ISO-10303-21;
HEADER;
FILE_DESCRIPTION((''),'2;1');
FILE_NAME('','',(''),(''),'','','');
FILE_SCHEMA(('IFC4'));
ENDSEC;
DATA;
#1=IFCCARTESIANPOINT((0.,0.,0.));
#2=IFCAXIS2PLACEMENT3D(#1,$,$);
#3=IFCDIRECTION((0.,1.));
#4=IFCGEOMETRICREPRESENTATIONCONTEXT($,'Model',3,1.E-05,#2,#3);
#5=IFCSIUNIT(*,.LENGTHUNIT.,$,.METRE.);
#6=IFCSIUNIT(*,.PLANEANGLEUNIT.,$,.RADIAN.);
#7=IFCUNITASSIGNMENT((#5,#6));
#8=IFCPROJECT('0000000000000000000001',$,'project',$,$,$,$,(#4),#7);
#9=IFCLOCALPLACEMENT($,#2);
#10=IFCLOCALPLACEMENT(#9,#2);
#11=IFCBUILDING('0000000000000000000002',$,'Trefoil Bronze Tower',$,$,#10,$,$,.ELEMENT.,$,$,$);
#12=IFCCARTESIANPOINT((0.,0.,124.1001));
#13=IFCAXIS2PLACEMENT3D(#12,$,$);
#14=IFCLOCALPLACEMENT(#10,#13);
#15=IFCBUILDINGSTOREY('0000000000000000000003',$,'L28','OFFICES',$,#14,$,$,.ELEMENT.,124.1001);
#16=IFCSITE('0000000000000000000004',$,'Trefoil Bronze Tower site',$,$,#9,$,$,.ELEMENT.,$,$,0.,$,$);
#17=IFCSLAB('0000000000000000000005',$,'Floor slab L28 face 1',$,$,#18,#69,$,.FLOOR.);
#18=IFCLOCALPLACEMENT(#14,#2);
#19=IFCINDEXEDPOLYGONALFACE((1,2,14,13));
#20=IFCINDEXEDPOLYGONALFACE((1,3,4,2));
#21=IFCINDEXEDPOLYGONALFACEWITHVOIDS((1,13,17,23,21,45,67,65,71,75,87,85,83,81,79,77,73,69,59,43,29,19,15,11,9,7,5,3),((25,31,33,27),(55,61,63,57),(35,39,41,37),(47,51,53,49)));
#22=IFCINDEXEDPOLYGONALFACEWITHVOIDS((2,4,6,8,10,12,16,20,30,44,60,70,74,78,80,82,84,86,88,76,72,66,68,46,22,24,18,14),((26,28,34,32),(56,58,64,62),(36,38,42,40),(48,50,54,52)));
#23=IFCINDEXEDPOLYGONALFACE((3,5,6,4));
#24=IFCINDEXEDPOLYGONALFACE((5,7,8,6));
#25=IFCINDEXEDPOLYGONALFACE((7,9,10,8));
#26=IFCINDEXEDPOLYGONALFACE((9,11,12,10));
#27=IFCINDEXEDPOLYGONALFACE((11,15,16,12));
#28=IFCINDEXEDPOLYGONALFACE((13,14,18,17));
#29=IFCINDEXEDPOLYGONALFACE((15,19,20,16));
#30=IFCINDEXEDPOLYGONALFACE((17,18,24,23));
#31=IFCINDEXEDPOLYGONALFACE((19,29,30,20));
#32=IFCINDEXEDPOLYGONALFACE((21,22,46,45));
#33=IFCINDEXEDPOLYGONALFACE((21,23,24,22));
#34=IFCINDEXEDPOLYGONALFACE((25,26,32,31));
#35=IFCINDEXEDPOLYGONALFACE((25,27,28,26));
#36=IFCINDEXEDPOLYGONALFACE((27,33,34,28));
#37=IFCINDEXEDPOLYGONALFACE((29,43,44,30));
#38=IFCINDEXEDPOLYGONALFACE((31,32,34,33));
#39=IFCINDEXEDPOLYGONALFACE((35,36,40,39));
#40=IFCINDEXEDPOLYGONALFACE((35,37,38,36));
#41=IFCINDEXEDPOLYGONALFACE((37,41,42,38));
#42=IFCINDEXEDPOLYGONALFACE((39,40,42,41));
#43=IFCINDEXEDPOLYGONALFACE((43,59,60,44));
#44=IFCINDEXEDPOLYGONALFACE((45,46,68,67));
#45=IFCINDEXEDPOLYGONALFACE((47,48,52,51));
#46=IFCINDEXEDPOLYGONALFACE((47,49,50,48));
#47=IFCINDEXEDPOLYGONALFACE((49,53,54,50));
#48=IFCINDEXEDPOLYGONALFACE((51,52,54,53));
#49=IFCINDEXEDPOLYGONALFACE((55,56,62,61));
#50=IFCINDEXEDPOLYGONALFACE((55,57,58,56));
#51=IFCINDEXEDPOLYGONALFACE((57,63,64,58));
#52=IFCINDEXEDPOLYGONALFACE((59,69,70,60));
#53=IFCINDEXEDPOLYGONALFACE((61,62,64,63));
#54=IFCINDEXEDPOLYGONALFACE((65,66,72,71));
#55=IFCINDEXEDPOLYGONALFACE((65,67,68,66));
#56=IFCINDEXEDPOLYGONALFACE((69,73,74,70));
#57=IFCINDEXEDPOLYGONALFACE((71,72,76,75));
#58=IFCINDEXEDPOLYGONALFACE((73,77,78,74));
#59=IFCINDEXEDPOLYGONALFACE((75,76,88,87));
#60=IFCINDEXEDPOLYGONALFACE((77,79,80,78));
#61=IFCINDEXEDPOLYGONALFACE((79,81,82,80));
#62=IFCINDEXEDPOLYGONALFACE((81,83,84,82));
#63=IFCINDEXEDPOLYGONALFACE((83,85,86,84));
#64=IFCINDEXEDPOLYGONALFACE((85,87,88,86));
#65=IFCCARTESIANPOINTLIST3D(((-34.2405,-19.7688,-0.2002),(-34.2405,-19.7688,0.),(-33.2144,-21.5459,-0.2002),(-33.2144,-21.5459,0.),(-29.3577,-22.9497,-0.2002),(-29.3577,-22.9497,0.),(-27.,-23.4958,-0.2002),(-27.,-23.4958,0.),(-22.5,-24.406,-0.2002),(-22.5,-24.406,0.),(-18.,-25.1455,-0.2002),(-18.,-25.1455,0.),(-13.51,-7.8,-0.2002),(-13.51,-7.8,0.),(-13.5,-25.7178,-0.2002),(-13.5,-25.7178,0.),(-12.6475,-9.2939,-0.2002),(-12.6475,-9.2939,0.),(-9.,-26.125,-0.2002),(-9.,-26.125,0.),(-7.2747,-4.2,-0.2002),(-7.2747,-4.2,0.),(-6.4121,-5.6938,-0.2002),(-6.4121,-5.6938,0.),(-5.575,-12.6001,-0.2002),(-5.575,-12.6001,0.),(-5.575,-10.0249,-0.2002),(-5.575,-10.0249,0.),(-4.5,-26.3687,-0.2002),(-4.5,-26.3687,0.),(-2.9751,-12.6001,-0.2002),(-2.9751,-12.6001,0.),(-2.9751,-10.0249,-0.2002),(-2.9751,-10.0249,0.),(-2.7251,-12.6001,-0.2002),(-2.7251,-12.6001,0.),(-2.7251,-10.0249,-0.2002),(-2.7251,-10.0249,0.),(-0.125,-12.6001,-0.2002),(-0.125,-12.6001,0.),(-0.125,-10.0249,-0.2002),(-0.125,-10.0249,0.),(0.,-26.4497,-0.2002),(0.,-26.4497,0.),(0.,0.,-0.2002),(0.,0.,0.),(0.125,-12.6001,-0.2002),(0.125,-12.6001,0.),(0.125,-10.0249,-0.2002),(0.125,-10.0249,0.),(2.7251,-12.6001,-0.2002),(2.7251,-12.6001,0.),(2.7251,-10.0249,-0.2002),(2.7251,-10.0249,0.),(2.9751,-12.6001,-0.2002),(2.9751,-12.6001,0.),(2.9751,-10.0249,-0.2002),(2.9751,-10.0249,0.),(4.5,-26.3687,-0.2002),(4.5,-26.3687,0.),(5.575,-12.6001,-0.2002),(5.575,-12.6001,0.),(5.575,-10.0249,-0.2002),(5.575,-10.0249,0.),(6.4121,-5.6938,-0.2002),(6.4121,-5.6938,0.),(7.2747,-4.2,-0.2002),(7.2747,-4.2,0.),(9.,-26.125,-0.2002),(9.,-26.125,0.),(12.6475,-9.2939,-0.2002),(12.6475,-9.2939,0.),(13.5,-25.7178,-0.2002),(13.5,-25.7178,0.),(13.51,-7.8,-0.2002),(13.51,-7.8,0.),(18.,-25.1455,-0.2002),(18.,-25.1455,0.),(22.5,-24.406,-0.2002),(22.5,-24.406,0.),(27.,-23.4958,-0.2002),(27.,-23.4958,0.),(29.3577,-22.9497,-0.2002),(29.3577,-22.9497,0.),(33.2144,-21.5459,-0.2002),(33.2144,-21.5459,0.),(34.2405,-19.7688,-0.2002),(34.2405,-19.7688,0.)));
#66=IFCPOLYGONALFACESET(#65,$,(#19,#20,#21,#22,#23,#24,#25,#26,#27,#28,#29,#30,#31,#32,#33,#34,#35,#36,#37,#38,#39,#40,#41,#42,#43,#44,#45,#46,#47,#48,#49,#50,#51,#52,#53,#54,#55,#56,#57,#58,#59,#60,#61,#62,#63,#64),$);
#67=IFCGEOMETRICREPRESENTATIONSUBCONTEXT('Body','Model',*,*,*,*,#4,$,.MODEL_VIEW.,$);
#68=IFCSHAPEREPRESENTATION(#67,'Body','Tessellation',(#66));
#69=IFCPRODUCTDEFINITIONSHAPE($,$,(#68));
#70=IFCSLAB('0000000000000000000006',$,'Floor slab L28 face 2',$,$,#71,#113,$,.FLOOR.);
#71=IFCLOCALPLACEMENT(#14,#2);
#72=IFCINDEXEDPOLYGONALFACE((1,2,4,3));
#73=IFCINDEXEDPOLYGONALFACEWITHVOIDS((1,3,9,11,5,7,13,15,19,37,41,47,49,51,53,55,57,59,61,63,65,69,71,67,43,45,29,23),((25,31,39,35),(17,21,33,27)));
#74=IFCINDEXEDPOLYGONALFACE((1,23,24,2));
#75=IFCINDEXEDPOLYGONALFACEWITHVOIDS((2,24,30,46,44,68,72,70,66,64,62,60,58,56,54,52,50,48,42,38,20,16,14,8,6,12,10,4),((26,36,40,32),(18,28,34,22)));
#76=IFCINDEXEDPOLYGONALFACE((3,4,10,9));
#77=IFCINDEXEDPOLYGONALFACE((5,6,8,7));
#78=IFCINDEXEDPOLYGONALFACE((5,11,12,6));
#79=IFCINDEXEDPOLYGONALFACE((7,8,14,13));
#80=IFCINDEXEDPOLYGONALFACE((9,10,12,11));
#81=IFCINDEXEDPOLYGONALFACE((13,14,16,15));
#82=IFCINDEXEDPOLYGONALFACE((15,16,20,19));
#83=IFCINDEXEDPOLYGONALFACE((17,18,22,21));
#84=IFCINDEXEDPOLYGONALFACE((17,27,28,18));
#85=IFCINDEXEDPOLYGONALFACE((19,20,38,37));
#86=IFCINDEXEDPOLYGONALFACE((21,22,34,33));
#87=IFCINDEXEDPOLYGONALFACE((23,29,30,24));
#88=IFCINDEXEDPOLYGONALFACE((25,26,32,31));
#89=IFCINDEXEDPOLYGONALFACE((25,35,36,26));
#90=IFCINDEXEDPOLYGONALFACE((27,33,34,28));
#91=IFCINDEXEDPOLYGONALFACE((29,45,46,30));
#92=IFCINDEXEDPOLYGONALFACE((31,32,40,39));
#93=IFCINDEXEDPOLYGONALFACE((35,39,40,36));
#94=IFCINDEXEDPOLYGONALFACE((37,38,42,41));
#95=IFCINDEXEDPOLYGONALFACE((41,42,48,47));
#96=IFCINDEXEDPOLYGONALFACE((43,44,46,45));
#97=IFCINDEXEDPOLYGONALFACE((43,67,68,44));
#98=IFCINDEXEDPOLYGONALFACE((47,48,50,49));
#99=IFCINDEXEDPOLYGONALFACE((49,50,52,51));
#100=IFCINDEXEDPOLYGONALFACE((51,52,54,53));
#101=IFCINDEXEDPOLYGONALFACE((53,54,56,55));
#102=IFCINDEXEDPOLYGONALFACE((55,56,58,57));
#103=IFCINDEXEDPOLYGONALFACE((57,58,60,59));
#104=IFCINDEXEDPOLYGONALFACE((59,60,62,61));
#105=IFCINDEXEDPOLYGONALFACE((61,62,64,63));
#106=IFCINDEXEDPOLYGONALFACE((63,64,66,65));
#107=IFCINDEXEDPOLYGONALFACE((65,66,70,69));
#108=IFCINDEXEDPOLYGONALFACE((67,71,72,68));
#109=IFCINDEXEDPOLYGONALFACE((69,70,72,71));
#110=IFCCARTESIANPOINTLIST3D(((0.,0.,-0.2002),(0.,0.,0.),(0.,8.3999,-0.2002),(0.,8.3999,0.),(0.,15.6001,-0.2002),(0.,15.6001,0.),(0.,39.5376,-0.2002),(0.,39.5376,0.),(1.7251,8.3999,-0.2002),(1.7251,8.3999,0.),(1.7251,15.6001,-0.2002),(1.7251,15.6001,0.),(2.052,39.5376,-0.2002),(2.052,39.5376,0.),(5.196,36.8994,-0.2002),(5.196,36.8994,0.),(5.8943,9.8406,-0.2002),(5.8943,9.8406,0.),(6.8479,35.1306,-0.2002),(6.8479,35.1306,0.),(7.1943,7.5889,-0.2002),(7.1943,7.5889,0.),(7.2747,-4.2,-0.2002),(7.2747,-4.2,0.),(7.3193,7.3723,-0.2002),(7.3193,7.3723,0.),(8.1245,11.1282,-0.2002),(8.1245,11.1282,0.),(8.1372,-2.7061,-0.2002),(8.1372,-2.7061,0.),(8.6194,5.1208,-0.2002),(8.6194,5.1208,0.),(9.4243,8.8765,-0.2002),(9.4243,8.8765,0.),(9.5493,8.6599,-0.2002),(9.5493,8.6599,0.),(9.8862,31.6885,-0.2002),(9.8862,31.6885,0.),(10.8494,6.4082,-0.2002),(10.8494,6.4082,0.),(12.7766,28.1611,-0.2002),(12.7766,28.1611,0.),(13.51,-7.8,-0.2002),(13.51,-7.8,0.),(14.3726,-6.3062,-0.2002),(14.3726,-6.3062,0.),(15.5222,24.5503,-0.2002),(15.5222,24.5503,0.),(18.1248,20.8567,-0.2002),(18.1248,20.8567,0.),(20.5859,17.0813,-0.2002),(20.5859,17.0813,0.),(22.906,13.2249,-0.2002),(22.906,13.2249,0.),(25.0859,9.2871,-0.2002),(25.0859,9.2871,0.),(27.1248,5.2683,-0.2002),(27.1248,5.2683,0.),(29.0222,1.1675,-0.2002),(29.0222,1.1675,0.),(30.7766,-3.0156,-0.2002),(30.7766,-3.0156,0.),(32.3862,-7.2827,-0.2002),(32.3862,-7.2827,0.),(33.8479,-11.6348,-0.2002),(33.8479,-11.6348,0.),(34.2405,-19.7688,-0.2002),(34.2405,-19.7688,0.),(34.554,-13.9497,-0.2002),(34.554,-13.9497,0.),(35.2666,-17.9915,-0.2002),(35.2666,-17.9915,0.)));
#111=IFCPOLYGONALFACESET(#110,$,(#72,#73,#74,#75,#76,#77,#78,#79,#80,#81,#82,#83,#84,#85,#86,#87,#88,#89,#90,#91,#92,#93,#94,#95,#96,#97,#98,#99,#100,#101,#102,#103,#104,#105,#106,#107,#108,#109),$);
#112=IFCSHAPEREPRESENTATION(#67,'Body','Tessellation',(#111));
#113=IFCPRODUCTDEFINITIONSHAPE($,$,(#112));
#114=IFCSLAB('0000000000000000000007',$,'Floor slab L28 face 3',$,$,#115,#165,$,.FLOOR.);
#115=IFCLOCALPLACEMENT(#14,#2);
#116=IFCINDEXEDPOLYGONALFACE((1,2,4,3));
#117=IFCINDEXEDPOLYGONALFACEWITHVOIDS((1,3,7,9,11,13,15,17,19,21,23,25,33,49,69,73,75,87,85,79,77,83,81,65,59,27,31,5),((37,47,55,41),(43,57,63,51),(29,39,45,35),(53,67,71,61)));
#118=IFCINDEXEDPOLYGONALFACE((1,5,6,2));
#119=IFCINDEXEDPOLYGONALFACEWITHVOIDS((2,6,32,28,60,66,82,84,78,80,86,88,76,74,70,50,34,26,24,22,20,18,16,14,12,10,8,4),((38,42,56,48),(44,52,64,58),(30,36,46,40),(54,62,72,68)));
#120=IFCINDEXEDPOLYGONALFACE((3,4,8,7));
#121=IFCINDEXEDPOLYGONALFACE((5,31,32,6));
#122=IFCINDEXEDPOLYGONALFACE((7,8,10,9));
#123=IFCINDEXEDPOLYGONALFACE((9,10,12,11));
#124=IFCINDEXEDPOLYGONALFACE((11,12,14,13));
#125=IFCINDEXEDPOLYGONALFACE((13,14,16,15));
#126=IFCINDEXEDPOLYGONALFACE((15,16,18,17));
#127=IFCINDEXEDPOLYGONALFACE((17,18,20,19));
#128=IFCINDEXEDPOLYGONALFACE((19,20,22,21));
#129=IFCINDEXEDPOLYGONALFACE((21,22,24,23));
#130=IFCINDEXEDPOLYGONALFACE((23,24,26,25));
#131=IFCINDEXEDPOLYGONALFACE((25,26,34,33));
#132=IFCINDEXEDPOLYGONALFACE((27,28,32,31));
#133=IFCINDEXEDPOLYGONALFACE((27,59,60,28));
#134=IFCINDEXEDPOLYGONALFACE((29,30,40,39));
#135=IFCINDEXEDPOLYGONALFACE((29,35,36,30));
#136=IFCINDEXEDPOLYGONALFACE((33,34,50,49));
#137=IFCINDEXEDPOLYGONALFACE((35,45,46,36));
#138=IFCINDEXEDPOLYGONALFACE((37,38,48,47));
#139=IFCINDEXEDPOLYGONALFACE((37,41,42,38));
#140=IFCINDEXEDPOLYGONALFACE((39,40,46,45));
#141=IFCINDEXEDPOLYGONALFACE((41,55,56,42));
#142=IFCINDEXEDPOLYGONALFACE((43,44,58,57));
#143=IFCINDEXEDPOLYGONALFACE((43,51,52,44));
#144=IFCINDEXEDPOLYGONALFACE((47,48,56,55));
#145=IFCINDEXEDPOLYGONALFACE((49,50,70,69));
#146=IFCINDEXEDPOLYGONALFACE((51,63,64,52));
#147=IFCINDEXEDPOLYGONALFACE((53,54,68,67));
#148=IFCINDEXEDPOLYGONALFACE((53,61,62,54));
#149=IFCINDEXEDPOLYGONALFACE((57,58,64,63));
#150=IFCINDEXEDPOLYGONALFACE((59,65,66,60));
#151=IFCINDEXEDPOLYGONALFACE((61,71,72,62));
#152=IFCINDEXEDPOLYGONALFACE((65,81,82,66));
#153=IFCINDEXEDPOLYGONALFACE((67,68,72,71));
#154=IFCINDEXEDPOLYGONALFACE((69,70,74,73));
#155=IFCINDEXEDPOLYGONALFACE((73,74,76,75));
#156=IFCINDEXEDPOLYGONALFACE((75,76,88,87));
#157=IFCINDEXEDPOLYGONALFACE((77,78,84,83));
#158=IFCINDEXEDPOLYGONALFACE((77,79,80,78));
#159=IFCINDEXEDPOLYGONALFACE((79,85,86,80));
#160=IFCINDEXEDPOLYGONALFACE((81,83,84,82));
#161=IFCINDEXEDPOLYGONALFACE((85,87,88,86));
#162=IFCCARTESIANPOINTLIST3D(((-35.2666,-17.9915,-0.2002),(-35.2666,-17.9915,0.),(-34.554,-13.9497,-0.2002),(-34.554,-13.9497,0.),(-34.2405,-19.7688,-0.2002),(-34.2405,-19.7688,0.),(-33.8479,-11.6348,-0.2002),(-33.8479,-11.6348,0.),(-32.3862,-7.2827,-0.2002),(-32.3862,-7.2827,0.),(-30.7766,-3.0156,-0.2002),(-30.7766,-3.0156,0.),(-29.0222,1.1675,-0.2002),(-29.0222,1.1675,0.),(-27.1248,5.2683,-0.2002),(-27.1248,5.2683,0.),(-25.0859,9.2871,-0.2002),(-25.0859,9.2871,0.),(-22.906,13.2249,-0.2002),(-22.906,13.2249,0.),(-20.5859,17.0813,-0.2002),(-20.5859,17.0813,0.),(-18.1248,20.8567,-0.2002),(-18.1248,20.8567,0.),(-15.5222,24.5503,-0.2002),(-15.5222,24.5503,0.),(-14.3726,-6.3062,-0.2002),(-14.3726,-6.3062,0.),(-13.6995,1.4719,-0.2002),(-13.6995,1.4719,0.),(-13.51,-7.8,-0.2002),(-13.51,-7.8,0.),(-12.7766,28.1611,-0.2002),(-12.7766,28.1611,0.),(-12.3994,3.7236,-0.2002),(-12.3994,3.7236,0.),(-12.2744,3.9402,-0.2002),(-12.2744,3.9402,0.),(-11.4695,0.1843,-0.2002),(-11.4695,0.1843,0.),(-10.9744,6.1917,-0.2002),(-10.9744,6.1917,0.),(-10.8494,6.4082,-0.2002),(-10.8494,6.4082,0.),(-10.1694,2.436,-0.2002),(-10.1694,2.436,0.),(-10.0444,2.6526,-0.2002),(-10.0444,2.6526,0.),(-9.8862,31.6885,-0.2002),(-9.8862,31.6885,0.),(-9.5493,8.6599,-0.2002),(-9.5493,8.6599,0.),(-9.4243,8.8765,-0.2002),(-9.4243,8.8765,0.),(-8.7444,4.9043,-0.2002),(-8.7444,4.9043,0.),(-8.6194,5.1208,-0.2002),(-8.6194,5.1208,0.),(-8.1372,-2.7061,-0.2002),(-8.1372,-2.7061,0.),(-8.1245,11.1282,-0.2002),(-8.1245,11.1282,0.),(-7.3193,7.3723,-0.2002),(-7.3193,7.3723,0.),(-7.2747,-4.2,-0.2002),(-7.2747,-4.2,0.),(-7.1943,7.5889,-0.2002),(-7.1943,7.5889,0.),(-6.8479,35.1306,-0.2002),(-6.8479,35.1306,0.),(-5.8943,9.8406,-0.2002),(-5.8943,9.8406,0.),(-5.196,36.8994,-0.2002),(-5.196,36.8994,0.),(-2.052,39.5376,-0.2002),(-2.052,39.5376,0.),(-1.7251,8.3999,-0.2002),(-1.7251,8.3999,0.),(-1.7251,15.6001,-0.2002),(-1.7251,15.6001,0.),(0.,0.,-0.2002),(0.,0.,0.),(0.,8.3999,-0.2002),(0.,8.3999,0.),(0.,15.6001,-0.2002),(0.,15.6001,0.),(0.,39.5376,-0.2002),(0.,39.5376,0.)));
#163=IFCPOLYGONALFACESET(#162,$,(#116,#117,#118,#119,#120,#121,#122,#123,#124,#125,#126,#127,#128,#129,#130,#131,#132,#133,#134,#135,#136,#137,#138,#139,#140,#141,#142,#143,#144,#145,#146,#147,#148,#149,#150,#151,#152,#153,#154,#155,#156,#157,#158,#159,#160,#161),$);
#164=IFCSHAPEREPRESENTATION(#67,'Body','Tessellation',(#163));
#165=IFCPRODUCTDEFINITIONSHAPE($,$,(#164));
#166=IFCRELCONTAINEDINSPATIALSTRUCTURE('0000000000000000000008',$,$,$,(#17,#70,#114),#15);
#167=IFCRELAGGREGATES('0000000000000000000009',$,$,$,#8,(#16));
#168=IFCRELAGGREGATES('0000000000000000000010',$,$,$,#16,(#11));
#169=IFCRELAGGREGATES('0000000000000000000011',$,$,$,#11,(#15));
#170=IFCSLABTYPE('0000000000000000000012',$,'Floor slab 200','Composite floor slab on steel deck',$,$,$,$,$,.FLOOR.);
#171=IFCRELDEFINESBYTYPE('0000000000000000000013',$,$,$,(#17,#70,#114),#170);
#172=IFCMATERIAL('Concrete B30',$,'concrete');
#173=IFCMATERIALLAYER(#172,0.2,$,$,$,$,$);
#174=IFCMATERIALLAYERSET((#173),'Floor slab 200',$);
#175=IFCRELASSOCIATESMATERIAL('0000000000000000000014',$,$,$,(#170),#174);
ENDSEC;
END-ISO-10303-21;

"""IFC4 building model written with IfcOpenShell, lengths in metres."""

from ifc_helpers import new_model, si_unit, direction, frame, origin, place, context, subcontext, project, spatial, polyline, outline, extrude, material, layer, layer_set, type_object, element, save


model = new_model("IFC4")

# Units and contexts
model_context = context("Model", 3, precision=1e-05, world=origin(), true_north=direction((0.0, 1.0)))
body_context = subcontext(model_context, "Body", "Model", "MODEL_VIEW")
ifc_project = project(units=[si_unit("LENGTHUNIT", "METRE"), si_unit("PLANEANGLEUNIT", "RADIAN")], contexts=[model_context])

# Site, building, storey
site_placement = place(None, origin())
site = spatial("IfcSite", under=ifc_project, at=site_placement, Name="Trefoil Bronze Tower site", CompositionType="ELEMENT", RefElevation=0.0)
building_placement = place(site_placement, origin())
building = spatial("IfcBuilding", under=site, at=building_placement, Name="Trefoil Bronze Tower", CompositionType="ELEMENT")
storey_placement = place(building_placement, frame((0.0, 0.0, 124.1001)))
storey = spatial("IfcBuildingStorey", under=building, at=storey_placement, Name="L28", Description="OFFICES", CompositionType="ELEMENT", Elevation=124.1001)

# Slabs
ifc_material_1 = material(Name="Concrete B30", Category="concrete")
ifc_layer_1 = layer(ifc_material_1, 0.2)
ifc_layer_set_1 = layer_set([ifc_layer_1], Name="Floor slab 200")
slab_type = type_object("IfcSlabType", Name="Floor slab 200", Description="Composite floor slab on steel deck", PredefinedType="FLOOR", material=ifc_layer_set_1)
slab_1_placement = place(storey_placement, frame((0.0, 0.0, -0.2002)))
element("IfcSlab", 1, at=slab_1_placement, inside=storey, type_object=slab_type, Name="Floor slab L28 face 1", PredefinedType="FLOOR", context=body_context, shape_type="SweptSolid", body=[
    extrude(outline(polyline([(22.5, -24.406), (18.0, -25.1455), (13.5, -25.7178), (9.0, -26.125), (4.5, -26.3687), (0.0, -26.4497), (-4.5, -26.3687), (-9.0, -26.125), (-13.5, -25.7178), (-18.0, -25.1455), (-22.5, -24.406), (-27.0, -23.4958), (-29.3577, -22.9497), (-33.2144, -21.5459), (-34.2405, -19.7688), (-13.51, -7.8), (-12.6475, -9.2939), (-6.4121, -5.6938), (-7.2747, -4.2), (0.0, 0.0), (7.2747, -4.2), (6.4121, -5.6938), (12.6475, -9.2939), (13.51, -7.8), (34.2405, -19.7688), (33.2144, -21.5459), (29.3577, -22.9497), (27.0, -23.4958), (22.5, -24.406)]), holes=[polyline([(-5.575, -10.0249), (-2.9751, -10.0249), (-2.9751, -12.6001), (-5.575, -12.6001), (-5.575, -10.0249)]), polyline([(-2.7251, -10.0249), (-0.125, -10.0249), (-0.125, -12.6001), (-2.7251, -12.6001), (-2.7251, -10.0249)]), polyline([(0.125, -10.0249), (2.7251, -10.0249), (2.7251, -12.6001), (0.125, -12.6001), (0.125, -10.0249)]), polyline([(2.9751, -10.0249), (5.575, -10.0249), (5.575, -12.6001), (2.9751, -12.6001), (2.9751, -10.0249)])]), origin(), (0.0, 0.0, 1.0), 0.2002),
])
slab_2_placement = place(storey_placement, frame((0.0, 0.0, -0.2002)))
element("IfcSlab", 2, at=slab_2_placement, inside=storey, type_object=slab_type, Name="Floor slab L28 face 2", PredefinedType="FLOOR", context=body_context, shape_type="SweptSolid", body=[
    extrude(outline(polyline([(9.8862, 31.6885), (12.7766, 28.1611), (15.5222, 24.5503), (18.1248, 20.8567), (20.5859, 17.0813), (22.906, 13.2249), (25.0859, 9.2871), (27.1248, 5.2683), (29.0222, 1.1675), (30.7766, -3.0156), (32.3862, -7.2827), (33.8479, -11.6348), (34.554, -13.9497), (35.2666, -17.9915), (34.2405, -19.7688), (13.51, -7.8), (14.3726, -6.3062), (8.1372, -2.7061), (7.2747, -4.2), (0.0, 0.0), (0.0, 8.3999), (1.7251, 8.3999), (1.7251, 15.6001), (0.0, 15.6001), (0.0, 39.5376), (2.052, 39.5376), (5.196, 36.8994), (6.8479, 35.1306), (9.8862, 31.6885)]), holes=[polyline([(8.6194, 5.1208), (7.3193, 7.3723), (9.5493, 8.6599), (10.8494, 6.4082), (8.6194, 5.1208)]), polyline([(7.1943, 7.5889), (5.8943, 9.8406), (8.1245, 11.1282), (9.4243, 8.8765), (7.1943, 7.5889)])]), origin(), (0.0, 0.0, 1.0), 0.2002),
])
slab_3_placement = place(storey_placement, frame((0.0, 0.0, -0.2002)))
element("IfcSlab", 3, at=slab_3_placement, inside=storey, type_object=slab_type, Name="Floor slab L28 face 3", PredefinedType="FLOOR", context=body_context, shape_type="SweptSolid", body=[
    extrude(outline(polyline([(-32.3862, -7.2827), (-30.7766, -3.0156), (-29.0222, 1.1675), (-27.1248, 5.2683), (-25.0859, 9.2871), (-22.906, 13.2249), (-20.5859, 17.0813), (-18.1248, 20.8567), (-15.5222, 24.5503), (-12.7766, 28.1611), (-9.8862, 31.6885), (-6.8479, 35.1306), (-5.196, 36.8994), (-2.052, 39.5376), (0.0, 39.5376), (0.0, 15.6001), (-1.7251, 15.6001), (-1.7251, 8.3999), (0.0, 8.3999), (0.0, 0.0), (-7.2747, -4.2), (-8.1372, -2.7061), (-14.3726, -6.3062), (-13.51, -7.8), (-34.2405, -19.7688), (-35.2666, -17.9915), (-34.554, -13.9497), (-33.8479, -11.6348), (-32.3862, -7.2827)]), holes=[polyline([(-5.8943, 9.8406), (-7.1943, 7.5889), (-9.4243, 8.8765), (-8.1245, 11.1282), (-5.8943, 9.8406)]), polyline([(-7.3193, 7.3723), (-8.6194, 5.1208), (-10.8494, 6.4082), (-9.5493, 8.6599), (-7.3193, 7.3723)]), polyline([(-8.7444, 4.9043), (-10.0444, 2.6526), (-12.2744, 3.9402), (-10.9744, 6.1917), (-8.7444, 4.9043)]), polyline([(-10.1694, 2.436), (-11.4695, 0.1843), (-13.6995, 1.4719), (-12.3994, 3.7236), (-10.1694, 2.436)])]), origin(), (0.0, 0.0, 1.0), 0.2002),
])

save(model, "model.ifc")
